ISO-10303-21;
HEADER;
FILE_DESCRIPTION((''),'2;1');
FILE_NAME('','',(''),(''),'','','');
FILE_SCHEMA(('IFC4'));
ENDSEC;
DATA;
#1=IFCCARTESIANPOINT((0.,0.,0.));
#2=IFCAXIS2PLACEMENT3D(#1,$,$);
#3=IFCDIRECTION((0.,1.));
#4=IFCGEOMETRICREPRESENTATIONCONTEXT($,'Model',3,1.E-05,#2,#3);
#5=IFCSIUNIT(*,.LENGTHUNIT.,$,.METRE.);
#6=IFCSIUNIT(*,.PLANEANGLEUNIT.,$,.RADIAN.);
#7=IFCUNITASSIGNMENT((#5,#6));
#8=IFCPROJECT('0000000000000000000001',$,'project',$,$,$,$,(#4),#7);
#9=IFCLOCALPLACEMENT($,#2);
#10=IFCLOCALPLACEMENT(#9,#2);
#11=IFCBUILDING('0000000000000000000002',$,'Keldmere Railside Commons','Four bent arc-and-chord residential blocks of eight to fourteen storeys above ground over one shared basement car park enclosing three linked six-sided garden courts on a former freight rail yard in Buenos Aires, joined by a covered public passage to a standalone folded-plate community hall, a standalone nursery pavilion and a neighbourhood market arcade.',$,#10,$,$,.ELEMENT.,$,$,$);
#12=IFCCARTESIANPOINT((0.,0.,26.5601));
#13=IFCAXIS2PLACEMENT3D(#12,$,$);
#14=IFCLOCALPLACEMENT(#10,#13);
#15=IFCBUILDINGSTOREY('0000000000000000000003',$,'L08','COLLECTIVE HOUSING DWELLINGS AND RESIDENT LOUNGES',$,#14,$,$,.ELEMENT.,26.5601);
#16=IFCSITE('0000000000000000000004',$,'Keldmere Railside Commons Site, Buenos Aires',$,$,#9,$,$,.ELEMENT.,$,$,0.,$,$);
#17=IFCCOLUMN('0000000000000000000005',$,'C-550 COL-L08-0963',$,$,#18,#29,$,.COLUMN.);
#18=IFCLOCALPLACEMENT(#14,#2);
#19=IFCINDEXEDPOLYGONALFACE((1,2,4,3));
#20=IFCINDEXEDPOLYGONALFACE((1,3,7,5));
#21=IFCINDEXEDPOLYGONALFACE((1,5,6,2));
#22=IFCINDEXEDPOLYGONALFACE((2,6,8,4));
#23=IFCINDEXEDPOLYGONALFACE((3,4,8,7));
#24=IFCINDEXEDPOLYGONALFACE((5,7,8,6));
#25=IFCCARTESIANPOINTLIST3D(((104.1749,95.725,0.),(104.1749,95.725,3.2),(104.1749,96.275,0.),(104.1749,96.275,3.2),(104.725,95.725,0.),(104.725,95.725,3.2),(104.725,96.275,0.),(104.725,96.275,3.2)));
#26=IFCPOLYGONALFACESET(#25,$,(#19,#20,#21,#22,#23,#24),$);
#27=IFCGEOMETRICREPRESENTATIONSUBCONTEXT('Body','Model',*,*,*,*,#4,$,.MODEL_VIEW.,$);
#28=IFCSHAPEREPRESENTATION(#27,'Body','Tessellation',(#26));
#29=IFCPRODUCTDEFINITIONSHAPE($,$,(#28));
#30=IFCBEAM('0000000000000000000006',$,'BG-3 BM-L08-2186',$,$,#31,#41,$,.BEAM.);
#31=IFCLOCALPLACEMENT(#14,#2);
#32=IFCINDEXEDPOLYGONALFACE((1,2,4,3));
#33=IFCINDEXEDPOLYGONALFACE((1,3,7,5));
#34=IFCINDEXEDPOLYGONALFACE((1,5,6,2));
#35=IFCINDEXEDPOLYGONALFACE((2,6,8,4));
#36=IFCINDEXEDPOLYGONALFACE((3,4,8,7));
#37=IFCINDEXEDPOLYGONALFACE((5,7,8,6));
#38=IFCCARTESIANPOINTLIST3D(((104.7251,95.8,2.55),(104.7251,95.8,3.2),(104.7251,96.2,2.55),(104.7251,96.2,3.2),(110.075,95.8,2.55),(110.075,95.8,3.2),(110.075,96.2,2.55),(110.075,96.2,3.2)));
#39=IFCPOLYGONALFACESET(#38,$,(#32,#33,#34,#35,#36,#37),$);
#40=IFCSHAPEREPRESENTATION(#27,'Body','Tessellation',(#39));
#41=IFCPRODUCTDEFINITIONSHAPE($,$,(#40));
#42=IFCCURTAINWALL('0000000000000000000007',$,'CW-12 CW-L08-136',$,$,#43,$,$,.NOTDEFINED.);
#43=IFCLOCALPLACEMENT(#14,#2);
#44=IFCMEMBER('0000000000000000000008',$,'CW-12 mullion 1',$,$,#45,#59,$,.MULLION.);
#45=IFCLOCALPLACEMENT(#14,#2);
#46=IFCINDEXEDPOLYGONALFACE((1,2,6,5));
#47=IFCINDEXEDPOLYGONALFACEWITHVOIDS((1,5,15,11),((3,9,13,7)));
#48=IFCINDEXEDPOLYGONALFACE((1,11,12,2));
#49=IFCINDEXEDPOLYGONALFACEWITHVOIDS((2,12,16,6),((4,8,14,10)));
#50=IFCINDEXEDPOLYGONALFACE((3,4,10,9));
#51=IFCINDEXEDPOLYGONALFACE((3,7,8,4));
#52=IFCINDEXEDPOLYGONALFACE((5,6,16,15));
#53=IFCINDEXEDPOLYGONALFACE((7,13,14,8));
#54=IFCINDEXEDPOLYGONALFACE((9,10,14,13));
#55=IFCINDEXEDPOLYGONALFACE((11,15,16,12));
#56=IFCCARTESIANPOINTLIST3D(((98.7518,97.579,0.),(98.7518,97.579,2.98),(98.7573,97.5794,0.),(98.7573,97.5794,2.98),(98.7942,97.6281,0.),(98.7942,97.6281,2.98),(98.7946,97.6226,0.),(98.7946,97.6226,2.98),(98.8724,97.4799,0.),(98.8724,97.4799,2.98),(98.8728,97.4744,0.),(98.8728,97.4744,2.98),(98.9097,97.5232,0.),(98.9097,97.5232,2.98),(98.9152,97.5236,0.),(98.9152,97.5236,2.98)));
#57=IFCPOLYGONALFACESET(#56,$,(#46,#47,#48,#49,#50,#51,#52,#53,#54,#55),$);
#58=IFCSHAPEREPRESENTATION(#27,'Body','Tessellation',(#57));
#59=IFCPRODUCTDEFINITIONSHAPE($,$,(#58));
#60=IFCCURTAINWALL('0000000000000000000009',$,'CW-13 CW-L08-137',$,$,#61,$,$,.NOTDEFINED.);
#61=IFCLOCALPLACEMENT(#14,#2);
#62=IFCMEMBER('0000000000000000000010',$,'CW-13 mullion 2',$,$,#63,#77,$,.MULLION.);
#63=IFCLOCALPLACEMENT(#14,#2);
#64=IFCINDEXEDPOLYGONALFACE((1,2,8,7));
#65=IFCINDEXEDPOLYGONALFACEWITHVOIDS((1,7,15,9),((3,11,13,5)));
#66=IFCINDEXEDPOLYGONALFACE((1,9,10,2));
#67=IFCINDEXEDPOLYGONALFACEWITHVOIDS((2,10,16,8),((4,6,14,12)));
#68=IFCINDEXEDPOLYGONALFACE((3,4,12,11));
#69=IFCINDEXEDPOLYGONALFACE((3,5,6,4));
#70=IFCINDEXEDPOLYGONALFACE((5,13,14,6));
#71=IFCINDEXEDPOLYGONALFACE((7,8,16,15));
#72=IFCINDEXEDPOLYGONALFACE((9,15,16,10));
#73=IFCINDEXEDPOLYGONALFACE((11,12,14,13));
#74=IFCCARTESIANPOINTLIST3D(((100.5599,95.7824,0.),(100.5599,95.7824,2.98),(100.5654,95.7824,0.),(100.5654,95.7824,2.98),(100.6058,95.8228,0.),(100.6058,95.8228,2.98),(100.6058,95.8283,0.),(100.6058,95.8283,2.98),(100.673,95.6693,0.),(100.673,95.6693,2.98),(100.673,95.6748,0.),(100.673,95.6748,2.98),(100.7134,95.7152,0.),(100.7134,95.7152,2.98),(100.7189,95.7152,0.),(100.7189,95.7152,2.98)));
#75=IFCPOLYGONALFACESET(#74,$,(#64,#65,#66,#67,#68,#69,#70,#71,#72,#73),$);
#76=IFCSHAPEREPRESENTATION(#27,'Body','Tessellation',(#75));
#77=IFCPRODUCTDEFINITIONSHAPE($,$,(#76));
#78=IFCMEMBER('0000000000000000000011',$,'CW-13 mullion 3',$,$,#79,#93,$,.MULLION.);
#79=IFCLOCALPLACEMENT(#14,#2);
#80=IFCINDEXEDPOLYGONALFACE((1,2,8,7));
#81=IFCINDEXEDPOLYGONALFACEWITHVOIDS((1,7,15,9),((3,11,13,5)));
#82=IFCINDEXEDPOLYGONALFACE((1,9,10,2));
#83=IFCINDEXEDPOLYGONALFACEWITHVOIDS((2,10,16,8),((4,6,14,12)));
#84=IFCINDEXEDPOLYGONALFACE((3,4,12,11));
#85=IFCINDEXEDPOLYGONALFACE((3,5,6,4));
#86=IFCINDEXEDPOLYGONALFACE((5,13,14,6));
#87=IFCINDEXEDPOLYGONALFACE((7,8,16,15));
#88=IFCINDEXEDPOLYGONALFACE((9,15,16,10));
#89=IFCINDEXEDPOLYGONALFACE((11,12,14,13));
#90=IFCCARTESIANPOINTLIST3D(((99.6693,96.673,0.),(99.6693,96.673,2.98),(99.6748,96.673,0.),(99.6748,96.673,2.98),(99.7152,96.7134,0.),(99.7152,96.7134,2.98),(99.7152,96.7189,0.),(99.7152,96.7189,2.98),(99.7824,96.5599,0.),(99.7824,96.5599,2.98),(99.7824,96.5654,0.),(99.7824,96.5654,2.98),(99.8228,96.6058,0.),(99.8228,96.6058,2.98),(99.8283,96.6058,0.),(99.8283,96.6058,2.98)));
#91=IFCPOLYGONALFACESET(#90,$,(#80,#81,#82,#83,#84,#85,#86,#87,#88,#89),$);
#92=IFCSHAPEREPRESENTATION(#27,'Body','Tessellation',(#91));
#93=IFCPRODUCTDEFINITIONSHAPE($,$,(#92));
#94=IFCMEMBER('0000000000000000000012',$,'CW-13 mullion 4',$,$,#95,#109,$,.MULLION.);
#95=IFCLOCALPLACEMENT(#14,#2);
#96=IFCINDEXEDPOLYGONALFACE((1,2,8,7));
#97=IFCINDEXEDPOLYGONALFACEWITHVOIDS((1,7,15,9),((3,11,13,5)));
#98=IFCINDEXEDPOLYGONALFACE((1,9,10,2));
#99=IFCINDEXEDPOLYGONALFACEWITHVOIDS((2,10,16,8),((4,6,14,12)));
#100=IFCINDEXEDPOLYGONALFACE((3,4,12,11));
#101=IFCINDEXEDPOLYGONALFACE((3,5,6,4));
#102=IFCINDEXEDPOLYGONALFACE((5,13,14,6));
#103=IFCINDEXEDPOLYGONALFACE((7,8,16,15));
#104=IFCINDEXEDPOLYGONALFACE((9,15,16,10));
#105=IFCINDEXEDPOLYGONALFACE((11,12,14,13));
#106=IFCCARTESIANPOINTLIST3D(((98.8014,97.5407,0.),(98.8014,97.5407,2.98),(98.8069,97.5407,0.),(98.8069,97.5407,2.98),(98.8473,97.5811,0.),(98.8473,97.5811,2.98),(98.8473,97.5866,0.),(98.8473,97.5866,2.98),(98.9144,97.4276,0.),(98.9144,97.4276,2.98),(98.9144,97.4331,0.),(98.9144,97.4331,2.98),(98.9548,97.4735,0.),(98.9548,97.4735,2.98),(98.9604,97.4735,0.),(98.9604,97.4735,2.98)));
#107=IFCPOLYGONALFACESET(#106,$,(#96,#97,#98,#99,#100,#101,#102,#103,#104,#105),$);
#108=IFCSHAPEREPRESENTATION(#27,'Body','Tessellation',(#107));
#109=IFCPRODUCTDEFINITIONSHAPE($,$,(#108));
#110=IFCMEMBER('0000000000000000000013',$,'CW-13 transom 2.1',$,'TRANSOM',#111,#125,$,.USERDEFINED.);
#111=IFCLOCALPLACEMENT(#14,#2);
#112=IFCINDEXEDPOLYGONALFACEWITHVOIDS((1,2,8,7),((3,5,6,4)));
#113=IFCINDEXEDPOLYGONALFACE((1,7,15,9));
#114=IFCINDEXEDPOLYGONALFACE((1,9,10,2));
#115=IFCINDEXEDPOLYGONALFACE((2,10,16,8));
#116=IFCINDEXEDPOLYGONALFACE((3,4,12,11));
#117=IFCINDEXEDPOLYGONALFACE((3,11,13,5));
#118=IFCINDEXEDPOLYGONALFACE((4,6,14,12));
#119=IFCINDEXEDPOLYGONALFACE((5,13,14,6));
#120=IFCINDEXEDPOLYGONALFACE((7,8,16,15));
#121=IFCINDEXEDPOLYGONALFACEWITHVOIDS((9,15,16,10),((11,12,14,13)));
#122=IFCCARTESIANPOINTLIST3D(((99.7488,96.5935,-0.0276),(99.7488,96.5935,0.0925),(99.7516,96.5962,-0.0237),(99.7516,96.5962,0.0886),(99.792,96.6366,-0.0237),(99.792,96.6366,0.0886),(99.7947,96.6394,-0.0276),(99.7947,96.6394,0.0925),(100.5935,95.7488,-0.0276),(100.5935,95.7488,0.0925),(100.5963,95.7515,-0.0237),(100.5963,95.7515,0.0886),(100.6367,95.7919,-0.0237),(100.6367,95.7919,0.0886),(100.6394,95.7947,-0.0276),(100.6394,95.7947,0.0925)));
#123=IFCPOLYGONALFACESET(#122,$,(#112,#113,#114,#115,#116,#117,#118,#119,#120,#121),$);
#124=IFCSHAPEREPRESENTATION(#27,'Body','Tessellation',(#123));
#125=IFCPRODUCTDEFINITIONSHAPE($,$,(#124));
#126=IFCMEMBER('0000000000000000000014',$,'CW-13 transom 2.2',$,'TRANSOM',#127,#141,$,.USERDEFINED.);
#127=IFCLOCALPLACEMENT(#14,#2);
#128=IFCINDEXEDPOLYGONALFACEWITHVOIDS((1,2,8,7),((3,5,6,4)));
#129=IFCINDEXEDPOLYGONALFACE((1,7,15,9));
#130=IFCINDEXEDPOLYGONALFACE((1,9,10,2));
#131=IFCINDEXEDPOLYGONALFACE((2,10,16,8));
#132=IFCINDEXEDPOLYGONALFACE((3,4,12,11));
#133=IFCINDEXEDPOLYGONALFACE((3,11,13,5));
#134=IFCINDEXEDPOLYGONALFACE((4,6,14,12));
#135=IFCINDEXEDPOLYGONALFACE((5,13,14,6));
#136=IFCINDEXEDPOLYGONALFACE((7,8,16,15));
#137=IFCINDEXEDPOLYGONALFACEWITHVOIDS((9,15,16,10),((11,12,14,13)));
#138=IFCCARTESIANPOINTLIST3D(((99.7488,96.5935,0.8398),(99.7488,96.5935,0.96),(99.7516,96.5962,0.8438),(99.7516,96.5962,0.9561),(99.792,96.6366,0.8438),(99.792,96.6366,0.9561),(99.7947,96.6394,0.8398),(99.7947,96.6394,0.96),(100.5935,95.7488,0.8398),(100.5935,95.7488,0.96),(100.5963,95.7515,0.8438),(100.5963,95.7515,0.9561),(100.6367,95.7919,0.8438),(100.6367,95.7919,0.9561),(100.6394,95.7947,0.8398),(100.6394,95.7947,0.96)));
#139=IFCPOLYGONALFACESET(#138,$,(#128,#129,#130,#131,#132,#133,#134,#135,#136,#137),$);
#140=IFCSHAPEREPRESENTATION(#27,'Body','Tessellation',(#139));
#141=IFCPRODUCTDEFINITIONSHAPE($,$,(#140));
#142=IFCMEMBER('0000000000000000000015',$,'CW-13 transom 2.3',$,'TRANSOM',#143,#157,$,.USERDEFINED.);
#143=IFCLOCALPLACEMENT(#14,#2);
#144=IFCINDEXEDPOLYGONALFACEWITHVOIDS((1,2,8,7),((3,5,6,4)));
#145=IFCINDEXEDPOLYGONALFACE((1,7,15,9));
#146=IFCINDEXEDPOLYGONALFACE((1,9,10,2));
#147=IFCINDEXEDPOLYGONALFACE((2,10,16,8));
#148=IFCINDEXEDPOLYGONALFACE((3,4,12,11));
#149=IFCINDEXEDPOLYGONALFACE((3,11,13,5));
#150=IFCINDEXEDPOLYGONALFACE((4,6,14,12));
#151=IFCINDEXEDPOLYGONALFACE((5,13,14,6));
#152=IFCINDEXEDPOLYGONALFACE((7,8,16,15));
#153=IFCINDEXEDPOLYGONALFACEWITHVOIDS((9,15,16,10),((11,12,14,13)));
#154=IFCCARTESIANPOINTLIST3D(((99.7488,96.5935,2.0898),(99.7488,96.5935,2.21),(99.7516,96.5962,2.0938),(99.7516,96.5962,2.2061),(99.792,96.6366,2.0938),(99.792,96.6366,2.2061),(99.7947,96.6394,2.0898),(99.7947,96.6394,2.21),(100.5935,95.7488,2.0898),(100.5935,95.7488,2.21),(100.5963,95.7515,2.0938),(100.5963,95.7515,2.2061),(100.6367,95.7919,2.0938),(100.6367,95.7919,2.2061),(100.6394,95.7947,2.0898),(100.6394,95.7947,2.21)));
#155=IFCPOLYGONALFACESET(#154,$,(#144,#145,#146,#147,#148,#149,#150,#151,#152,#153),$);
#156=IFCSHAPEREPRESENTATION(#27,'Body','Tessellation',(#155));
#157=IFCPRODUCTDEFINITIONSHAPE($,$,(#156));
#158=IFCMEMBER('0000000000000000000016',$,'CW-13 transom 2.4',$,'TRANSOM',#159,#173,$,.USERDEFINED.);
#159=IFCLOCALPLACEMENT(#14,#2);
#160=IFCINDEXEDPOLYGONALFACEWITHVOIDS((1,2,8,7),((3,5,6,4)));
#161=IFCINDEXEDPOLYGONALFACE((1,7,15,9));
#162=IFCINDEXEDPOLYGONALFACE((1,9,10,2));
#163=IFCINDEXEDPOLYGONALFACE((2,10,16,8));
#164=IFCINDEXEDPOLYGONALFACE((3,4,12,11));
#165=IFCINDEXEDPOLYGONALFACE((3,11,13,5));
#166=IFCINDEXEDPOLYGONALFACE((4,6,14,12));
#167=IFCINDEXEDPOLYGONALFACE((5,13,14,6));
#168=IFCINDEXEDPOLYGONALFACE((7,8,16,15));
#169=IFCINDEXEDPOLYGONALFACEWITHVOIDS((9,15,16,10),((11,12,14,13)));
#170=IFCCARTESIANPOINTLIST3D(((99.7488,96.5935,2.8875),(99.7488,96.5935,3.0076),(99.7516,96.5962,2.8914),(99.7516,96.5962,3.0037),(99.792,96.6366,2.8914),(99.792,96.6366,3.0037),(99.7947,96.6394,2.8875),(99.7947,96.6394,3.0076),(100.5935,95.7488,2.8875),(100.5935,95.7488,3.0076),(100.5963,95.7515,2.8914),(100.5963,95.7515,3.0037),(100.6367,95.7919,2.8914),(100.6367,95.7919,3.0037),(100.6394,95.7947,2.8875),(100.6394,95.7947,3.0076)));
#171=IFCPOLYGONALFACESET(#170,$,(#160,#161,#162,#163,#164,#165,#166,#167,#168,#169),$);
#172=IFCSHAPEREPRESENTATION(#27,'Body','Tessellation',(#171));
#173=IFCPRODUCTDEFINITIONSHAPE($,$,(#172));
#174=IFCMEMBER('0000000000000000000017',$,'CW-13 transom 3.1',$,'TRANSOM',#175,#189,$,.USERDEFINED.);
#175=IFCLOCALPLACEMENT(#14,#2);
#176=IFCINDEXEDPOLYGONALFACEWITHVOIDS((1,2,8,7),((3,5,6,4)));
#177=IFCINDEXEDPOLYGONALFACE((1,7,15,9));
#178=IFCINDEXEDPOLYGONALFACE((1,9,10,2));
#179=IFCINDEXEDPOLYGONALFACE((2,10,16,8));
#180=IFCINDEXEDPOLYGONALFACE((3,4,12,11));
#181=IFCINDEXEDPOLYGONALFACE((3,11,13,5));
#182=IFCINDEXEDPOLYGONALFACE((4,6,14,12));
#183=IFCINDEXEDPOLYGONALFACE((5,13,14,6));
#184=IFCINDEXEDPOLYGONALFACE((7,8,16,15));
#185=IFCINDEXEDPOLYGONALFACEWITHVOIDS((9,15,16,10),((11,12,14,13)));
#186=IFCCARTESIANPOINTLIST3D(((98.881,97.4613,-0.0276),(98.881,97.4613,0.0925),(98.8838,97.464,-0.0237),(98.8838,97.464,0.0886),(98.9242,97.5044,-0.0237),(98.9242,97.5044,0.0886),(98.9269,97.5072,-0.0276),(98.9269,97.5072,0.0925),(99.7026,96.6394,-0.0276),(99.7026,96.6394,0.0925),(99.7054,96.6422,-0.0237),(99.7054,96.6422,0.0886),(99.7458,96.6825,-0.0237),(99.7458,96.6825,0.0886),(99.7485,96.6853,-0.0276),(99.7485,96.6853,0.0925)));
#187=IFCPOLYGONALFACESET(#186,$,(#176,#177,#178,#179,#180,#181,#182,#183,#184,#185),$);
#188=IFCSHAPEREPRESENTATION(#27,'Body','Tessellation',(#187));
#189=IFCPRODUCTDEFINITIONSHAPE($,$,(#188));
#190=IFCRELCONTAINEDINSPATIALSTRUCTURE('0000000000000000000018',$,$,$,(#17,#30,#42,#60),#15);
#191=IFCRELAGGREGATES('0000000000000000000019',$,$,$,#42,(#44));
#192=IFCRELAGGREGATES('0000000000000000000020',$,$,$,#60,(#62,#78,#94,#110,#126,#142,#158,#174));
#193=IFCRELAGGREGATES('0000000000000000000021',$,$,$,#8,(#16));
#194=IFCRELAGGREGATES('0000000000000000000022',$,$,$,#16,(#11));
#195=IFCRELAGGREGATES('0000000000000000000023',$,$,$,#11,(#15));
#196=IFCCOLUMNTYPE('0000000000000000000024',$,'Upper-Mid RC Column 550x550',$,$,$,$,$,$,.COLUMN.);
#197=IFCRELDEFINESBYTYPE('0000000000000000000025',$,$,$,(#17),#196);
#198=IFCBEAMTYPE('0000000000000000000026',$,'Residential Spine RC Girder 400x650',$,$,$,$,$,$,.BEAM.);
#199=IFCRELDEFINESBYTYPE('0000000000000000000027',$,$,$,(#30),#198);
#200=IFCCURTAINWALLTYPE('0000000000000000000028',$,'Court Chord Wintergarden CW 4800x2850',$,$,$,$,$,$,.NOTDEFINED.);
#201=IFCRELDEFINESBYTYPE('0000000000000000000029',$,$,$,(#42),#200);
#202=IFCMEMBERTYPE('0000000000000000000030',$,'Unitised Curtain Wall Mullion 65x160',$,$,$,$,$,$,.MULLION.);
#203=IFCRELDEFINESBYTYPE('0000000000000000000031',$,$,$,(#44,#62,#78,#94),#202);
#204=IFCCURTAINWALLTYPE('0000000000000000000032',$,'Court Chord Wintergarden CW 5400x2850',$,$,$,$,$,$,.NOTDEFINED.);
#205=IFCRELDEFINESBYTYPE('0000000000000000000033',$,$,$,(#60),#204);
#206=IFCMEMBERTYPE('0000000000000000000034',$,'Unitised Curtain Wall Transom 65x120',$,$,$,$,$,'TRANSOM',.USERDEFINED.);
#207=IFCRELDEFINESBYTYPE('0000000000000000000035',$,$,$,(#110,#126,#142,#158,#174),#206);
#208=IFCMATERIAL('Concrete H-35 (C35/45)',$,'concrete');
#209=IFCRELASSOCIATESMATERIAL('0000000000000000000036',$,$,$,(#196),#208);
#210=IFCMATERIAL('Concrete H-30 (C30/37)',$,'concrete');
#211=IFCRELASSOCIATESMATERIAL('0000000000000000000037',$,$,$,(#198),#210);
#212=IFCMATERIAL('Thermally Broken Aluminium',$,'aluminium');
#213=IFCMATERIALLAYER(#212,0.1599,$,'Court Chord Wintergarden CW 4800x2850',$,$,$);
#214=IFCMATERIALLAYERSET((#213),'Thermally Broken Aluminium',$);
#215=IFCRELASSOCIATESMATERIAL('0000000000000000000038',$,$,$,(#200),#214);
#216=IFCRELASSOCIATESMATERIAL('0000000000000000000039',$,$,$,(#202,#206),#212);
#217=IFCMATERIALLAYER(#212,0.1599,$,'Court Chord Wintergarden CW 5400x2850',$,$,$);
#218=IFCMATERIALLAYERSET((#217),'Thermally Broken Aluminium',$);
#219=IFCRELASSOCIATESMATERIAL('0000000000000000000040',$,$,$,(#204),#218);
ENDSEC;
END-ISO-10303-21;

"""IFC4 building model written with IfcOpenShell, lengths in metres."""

from ifc_helpers import new_model, si_unit, direction, frame, origin, origin_2d, place, context, subcontext, project, spatial, rectangle, hollow_rectangle, extrude, material, layer, layer_set, material_profile, profile_set, type_object, element, aggregate, save


model = new_model("IFC4")

# Units and contexts
model_context = context("Model", 3, precision=1e-05, world=origin(), true_north=direction((0.0, 1.0)))
body_context = subcontext(model_context, "Body", "Model", "MODEL_VIEW")
ifc_project = project(units=[si_unit("LENGTHUNIT", "METRE"), si_unit("PLANEANGLEUNIT", "RADIAN")], contexts=[model_context])

# Site, building, storey
site_placement = place(None, origin())
site = spatial("IfcSite", under=ifc_project, at=site_placement, Name="Keldmere Railside Commons Site, Buenos Aires", CompositionType="ELEMENT", RefElevation=0.0)
building_placement = place(site_placement, origin())
building = spatial("IfcBuilding", under=site, at=building_placement, Name="Keldmere Railside Commons", Description="Four bent arc-and-chord residential blocks of eight to fourteen storeys above ground over one shared basement car park enclosing three linked six-sided garden courts on a former freight rail yard in Buenos Aires, joined by a covered public passage to a standalone folded-plate community hall, a standalone nursery pavilion and a neighbourhood market arcade.", CompositionType="ELEMENT")
storey_placement = place(building_placement, frame((0.0, 0.0, 26.5601)))
storey = spatial("IfcBuildingStorey", under=building, at=storey_placement, Name="L08", Description="COLLECTIVE HOUSING DWELLINGS AND RESIDENT LOUNGES", CompositionType="ELEMENT", Elevation=26.5601)

# Column
ifc_material_1 = material(Name="Concrete H-35 (C35/45)", Category="concrete")
ifc_material_profile_1 = material_profile(ifc_material_1, rectangle(XDim=0.55, YDim=0.55, at=origin_2d()), Name="RC-550x550")
ifc_profile_set_1 = profile_set([ifc_material_profile_1], Name="Concrete H-35 (C35/45)")
column_type = type_object("IfcColumnType", Name="Upper-Mid RC Column 550x550", PredefinedType="COLUMN", material=ifc_profile_set_1)
column_placement = place(storey_placement, frame((104.45, 96.0, 0.0), z_axis=(0.0, 0.0, 1.0), x_axis=(1.0, 0.0, 0.0)))
element("IfcColumn", 1, at=column_placement, inside=storey, type_object=column_type, Name="C-550 COL-L08-0963", PredefinedType="COLUMN", context=body_context, shape_type="SweptSolid", body=[
    extrude(rectangle(XDim=0.55, YDim=0.55, at=origin_2d()), origin(), (0.0, 0.0, 1.0), 3.2),
])

# Beam
ifc_material_2 = material(Name="Concrete H-30 (C30/37)", Category="concrete")
ifc_material_profile_2 = material_profile(ifc_material_2, rectangle(XDim=0.3999, YDim=0.6499, at=origin_2d()), Name="RC-400x650")
ifc_profile_set_2 = profile_set([ifc_material_profile_2], Name="Concrete H-30 (C30/37)")
beam_type = type_object("IfcBeamType", Name="Residential Spine RC Girder 400x650", PredefinedType="BEAM", material=ifc_profile_set_2)
beam_placement = place(storey_placement, frame((104.7251, 96.0, 2.875), z_axis=(1.0, 0.0, 0.0), x_axis=(0.0, 1.0, 0.0)))
element("IfcBeam", 2, at=beam_placement, inside=storey, type_object=beam_type, Name="BG-3 BM-L08-2186", PredefinedType="BEAM", context=body_context, shape_type="SweptSolid", body=[
    extrude(rectangle(XDim=0.3999, YDim=0.6499, at=origin_2d()), origin(), (0.0, 0.0, 1.0), 5.3499),
])

# Curtain wall, member
ifc_material_3 = material(Name="Thermally Broken Aluminium", Category="aluminium")
ifc_layer_1 = layer(ifc_material_3, 0.1599, Name="Court Chord Wintergarden CW 4800x2850")
ifc_layer_set_1 = layer_set([ifc_layer_1], Name="Thermally Broken Aluminium")
curtain_wall_type_1 = type_object("IfcCurtainWallType", Name="Court Chord Wintergarden CW 4800x2850", PredefinedType="NOTDEFINED", material=ifc_layer_set_1)
curtain_wall_1_placement = place(storey_placement, origin())
curtain_wall_1 = element("IfcCurtainWall", 3, at=curtain_wall_1_placement, inside=storey, type_object=curtain_wall_type_1, Name="CW-12 CW-L08-136", PredefinedType="NOTDEFINED")
ifc_material_profile_3 = material_profile(ifc_material_3, hollow_rectangle(XDim=0.0649, YDim=0.1599, WallThickness=0.0039, at=origin_2d()), Name="ALU-MULL-65x160")
ifc_profile_set_3 = profile_set([ifc_material_profile_3], Name="Thermally Broken Aluminium")
member_type_1 = type_object("IfcMemberType", Name="Unitised Curtain Wall Mullion 65x160", PredefinedType="MULLION", material=ifc_profile_set_3)
member_1_placement = place(storey_placement, frame((98.8335, 97.5513, 0.0), z_axis=(0.0, 0.0, 1.0), x_axis=(-0.653882, -0.756597, 0.0)))
member_1 = element("IfcMember", 4, at=member_1_placement, type_object=member_type_1, Name="CW-12 mullion 1", PredefinedType="MULLION", context=body_context, shape_type="SweptSolid", body=[
    extrude(hollow_rectangle(XDim=0.0649, YDim=0.1599, WallThickness=0.0039, at=origin_2d()), origin(), (0.0, 0.0, 1.0), 2.98),
])
aggregate(curtain_wall_1, [member_1])

# Curtain wall, members
ifc_layer_2 = layer(ifc_material_3, 0.1599, Name="Court Chord Wintergarden CW 5400x2850")
ifc_layer_set_2 = layer_set([ifc_layer_2], Name="Thermally Broken Aluminium")
curtain_wall_type_2 = type_object("IfcCurtainWallType", Name="Court Chord Wintergarden CW 5400x2850", PredefinedType="NOTDEFINED", material=ifc_layer_set_2)
curtain_wall_2_placement = place(storey_placement, origin())
curtain_wall_2 = element("IfcCurtainWall", 5, at=curtain_wall_2_placement, inside=storey, type_object=curtain_wall_type_2, Name="CW-13 CW-L08-137", PredefinedType="NOTDEFINED")
member_2_placement = place(storey_placement, frame((100.6394, 95.7488, 0.0), z_axis=(0.0, 0.0, 1.0), x_axis=(-0.707107, -0.707107, 0.0)))
member_2 = element("IfcMember", 6, at=member_2_placement, type_object=member_type_1, Name="CW-13 mullion 2", PredefinedType="MULLION", context=body_context, shape_type="SweptSolid", body=[
    extrude(hollow_rectangle(XDim=0.0649, YDim=0.1599, WallThickness=0.0039, at=origin_2d()), origin(), (0.0, 0.0, 1.0), 2.98),
])
member_3_placement = place(storey_placement, frame((99.7488, 96.6394, 0.0), z_axis=(0.0, 0.0, 1.0), x_axis=(-0.707107, -0.707107, 0.0)))
member_3 = element("IfcMember", 7, at=member_3_placement, type_object=member_type_1, Name="CW-13 mullion 3", PredefinedType="MULLION", context=body_context, shape_type="SweptSolid", body=[
    extrude(hollow_rectangle(XDim=0.0649, YDim=0.1599, WallThickness=0.0039, at=origin_2d()), origin(), (0.0, 0.0, 1.0), 2.98),
])
member_4_placement = place(storey_placement, frame((98.8809, 97.5071, 0.0), z_axis=(0.0, 0.0, 1.0), x_axis=(-0.707107, -0.707107, 0.0)))
member_4 = element("IfcMember", 8, at=member_4_placement, type_object=member_type_1, Name="CW-13 mullion 4", PredefinedType="MULLION", context=body_context, shape_type="SweptSolid", body=[
    extrude(hollow_rectangle(XDim=0.0649, YDim=0.1599, WallThickness=0.0039, at=origin_2d()), origin(), (0.0, 0.0, 1.0), 2.98),
])
ifc_material_profile_4 = material_profile(ifc_material_3, hollow_rectangle(XDim=0.0649, YDim=0.1201, WallThickness=0.0039, at=origin_2d()), Name="ALU-TRAN-65x120")
ifc_profile_set_4 = profile_set([ifc_material_profile_4], Name="Thermally Broken Aluminium")
member_type_2 = type_object("IfcMemberType", Name="Unitised Curtain Wall Transom 65x120", ElementType="TRANSOM", PredefinedType="USERDEFINED", material=ifc_profile_set_4)
member_5_placement = place(storey_placement, frame((100.6165, 95.7717, 0.0325), z_axis=(-0.707107, 0.707107, 0.0), x_axis=(-0.707107, -0.707107, 0.0)))
member_5 = element("IfcMember", 9, at=member_5_placement, type_object=member_type_2, Name="CW-13 transom 2.1", ObjectType="TRANSOM", PredefinedType="USERDEFINED", context=body_context, shape_type="SweptSolid", body=[
    extrude(hollow_rectangle(XDim=0.0649, YDim=0.1201, WallThickness=0.0039, at=origin_2d()), origin(), (0.0, 0.0, 1.0), 1.1946),
])
member_6_placement = place(storey_placement, frame((100.6165, 95.7717, 0.8999), z_axis=(-0.707107, 0.707107, 0.0), x_axis=(-0.707107, -0.707107, 0.0)))
member_6 = element("IfcMember", 10, at=member_6_placement, type_object=member_type_2, Name="CW-13 transom 2.2", ObjectType="TRANSOM", PredefinedType="USERDEFINED", context=body_context, shape_type="SweptSolid", body=[
    extrude(hollow_rectangle(XDim=0.0649, YDim=0.1201, WallThickness=0.0039, at=origin_2d()), origin(), (0.0, 0.0, 1.0), 1.1946),
])
member_7_placement = place(storey_placement, frame((100.6165, 95.7717, 2.1499), z_axis=(-0.707107, 0.707107, 0.0), x_axis=(-0.707107, -0.707107, 0.0)))
member_7 = element("IfcMember", 11, at=member_7_placement, type_object=member_type_2, Name="CW-13 transom 2.3", ObjectType="TRANSOM", PredefinedType="USERDEFINED", context=body_context, shape_type="SweptSolid", body=[
    extrude(hollow_rectangle(XDim=0.0649, YDim=0.1201, WallThickness=0.0039, at=origin_2d()), origin(), (0.0, 0.0, 1.0), 1.1946),
])
member_8_placement = place(storey_placement, frame((100.6165, 95.7717, 2.9475), z_axis=(-0.707107, 0.707107, 0.0), x_axis=(-0.707107, -0.707107, 0.0)))
member_8 = element("IfcMember", 12, at=member_8_placement, type_object=member_type_2, Name="CW-13 transom 2.4", ObjectType="TRANSOM", PredefinedType="USERDEFINED", context=body_context, shape_type="SweptSolid", body=[
    extrude(hollow_rectangle(XDim=0.0649, YDim=0.1201, WallThickness=0.0039, at=origin_2d()), origin(), (0.0, 0.0, 1.0), 1.1946),
])
member_9_placement = place(storey_placement, frame((99.7256, 96.6624, 0.0325), z_axis=(-0.707002, 0.707212, 0.0), x_axis=(-0.707212, -0.707002, 0.0)))
member_9 = element("IfcMember", 13, at=member_9_placement, type_object=member_type_2, Name="CW-13 transom 3.1", ObjectType="TRANSOM", PredefinedType="USERDEFINED", context=body_context, shape_type="SweptSolid", body=[
    extrude(hollow_rectangle(XDim=0.0649, YDim=0.1201, WallThickness=0.0039, at=origin_2d()), origin(), (0.0, 0.0, 1.0), 1.1621),
])
aggregate(curtain_wall_2, [member_2, member_3, member_4, member_5, member_6, member_7, member_8, member_9])

save(model, "model.ifc")
